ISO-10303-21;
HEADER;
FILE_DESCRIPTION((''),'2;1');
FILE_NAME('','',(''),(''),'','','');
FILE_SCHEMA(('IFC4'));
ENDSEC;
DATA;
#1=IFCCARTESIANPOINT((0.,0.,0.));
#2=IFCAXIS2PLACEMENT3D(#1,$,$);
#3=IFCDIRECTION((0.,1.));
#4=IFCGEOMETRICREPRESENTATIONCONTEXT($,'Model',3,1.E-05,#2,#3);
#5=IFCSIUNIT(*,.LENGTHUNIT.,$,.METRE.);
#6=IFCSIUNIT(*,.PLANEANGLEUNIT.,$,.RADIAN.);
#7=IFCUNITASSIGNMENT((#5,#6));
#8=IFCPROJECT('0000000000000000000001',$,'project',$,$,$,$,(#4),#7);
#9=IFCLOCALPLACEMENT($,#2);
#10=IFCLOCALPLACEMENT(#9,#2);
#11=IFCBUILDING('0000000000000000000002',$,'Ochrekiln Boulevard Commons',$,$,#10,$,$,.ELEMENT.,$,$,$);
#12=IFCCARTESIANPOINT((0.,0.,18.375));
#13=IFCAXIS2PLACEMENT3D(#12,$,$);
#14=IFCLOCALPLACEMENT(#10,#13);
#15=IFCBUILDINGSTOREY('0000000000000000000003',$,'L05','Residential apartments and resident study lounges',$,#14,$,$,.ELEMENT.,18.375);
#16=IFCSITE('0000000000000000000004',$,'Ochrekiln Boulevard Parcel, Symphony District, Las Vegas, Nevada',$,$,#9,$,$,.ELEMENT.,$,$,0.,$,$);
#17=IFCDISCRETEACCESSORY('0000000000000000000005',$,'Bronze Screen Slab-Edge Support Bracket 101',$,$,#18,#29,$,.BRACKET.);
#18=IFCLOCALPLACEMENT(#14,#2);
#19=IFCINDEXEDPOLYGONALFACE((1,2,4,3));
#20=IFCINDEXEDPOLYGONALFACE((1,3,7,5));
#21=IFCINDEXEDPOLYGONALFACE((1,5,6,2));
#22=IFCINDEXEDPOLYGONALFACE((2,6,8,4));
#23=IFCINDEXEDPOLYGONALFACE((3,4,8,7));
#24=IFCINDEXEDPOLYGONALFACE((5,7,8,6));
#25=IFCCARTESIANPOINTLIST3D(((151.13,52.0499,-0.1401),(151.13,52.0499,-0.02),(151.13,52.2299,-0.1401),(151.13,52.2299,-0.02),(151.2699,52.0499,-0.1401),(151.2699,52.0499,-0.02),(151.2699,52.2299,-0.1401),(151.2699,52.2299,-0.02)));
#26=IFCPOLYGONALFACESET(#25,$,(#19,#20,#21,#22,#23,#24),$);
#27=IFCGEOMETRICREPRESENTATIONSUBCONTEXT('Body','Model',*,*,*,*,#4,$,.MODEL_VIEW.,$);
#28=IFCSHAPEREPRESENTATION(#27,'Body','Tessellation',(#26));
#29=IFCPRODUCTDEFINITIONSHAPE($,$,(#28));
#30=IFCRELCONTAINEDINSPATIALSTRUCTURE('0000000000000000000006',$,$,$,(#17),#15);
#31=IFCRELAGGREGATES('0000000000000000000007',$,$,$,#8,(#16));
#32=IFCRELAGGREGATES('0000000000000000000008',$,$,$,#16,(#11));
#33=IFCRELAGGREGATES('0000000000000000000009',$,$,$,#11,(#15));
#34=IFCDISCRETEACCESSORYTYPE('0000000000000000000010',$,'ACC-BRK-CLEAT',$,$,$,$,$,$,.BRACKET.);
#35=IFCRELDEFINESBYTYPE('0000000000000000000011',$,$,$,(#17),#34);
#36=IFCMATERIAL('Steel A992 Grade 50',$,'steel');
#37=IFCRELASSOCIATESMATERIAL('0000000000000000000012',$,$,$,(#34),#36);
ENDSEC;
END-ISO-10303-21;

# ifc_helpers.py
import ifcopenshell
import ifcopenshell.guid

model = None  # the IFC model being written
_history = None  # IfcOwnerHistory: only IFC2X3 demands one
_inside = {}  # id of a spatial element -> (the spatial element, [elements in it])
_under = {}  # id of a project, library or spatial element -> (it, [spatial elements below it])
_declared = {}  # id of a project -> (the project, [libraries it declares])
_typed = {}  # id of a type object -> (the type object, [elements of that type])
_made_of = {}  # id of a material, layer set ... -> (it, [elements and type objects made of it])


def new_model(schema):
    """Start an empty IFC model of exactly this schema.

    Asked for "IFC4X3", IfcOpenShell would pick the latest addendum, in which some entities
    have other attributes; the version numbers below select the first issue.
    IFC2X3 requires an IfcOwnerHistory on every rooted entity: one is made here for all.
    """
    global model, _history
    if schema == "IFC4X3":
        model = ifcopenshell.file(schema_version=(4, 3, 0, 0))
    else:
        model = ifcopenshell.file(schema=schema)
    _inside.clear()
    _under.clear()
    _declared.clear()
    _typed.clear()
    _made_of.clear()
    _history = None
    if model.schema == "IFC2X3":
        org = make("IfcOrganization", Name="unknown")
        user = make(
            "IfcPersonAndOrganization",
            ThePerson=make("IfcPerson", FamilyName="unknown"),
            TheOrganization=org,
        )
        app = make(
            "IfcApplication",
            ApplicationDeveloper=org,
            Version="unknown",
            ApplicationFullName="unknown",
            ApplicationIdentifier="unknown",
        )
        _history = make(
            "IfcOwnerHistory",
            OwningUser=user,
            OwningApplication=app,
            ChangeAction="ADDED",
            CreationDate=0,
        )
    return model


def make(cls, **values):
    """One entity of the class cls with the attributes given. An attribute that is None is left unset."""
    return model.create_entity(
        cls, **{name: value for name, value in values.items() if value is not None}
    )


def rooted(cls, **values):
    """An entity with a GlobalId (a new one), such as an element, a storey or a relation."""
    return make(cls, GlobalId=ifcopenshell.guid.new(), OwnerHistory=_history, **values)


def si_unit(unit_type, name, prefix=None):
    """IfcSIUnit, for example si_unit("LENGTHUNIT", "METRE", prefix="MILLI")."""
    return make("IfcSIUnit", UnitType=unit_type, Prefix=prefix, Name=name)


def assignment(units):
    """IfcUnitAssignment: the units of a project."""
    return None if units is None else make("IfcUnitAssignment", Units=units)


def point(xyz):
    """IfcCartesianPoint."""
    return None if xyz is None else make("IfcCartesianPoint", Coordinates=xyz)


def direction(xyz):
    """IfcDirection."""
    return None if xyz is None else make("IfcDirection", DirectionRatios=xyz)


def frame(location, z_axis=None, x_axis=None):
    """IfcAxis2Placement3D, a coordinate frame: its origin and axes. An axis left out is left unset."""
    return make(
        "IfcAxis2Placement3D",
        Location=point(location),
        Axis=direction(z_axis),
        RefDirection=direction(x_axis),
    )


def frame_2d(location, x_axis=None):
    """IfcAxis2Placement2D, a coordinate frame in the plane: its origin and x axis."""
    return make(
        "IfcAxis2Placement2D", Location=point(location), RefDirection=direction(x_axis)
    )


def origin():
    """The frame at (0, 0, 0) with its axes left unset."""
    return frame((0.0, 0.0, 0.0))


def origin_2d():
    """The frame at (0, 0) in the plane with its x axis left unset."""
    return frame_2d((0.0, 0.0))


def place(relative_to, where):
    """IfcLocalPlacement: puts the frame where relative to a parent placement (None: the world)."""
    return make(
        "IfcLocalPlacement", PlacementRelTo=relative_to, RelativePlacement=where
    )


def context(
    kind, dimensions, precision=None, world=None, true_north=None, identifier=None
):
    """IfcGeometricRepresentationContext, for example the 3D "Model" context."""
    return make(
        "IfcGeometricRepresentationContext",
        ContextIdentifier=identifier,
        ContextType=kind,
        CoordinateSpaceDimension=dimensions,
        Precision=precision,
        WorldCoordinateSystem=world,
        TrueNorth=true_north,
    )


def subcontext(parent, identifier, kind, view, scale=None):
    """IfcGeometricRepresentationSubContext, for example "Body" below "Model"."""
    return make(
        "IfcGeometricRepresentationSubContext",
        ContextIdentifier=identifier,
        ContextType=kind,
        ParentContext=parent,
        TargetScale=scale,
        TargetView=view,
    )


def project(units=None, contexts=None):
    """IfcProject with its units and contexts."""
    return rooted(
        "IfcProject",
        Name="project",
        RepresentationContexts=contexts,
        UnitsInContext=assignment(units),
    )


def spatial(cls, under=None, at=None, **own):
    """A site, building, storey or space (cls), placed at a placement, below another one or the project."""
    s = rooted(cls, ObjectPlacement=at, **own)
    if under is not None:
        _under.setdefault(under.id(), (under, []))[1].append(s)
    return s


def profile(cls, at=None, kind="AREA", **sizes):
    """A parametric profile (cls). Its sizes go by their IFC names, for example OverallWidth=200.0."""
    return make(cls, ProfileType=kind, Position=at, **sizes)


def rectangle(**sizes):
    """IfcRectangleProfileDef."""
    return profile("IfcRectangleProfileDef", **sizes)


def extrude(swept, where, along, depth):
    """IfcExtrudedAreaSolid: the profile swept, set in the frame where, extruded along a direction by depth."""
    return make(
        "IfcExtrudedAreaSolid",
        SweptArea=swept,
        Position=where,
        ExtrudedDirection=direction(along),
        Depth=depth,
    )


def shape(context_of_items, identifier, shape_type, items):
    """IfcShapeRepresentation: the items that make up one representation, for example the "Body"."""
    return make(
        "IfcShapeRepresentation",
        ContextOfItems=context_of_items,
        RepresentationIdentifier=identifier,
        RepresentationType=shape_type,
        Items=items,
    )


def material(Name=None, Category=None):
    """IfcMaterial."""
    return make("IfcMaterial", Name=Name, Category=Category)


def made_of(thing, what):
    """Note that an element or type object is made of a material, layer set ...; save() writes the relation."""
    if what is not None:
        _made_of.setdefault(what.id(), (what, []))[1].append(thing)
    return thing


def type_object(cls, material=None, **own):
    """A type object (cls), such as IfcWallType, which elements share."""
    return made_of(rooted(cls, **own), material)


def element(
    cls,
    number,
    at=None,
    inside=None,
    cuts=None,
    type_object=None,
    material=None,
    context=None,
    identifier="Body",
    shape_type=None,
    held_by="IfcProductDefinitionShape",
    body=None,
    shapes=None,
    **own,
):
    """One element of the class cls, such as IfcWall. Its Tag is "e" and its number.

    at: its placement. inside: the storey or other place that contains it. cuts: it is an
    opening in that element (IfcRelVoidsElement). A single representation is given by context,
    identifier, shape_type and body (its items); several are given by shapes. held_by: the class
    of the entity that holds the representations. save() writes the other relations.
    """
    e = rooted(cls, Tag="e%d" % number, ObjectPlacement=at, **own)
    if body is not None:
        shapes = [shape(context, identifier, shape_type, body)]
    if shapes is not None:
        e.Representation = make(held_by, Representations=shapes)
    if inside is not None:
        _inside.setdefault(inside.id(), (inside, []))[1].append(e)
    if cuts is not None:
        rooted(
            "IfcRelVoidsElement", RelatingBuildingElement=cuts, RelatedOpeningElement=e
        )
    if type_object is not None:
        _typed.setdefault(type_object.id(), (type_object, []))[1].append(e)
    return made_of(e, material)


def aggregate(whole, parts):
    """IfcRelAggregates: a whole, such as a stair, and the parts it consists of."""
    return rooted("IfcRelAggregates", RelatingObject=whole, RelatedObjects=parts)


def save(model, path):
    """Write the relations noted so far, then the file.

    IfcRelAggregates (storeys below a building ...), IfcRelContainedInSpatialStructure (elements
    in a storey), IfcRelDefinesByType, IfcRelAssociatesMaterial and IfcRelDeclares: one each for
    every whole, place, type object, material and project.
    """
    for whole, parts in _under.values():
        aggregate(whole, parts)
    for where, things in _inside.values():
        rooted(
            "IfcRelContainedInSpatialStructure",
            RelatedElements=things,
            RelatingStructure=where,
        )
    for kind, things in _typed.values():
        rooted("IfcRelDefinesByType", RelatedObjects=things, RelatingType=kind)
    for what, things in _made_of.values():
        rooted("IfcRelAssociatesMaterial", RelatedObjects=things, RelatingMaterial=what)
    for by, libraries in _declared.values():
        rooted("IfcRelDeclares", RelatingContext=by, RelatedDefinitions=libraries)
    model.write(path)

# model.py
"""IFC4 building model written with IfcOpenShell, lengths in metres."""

from ifc_helpers import new_model, si_unit, direction, frame, origin, origin_2d, place, context, subcontext, project, spatial, rectangle, extrude, material, type_object, element, save


model = new_model("IFC4")

# Units and contexts
model_context = context("Model", 3, precision=1e-05, world=origin(), true_north=direction((0.0, 1.0)))
body_context = subcontext(model_context, "Body", "Model", "MODEL_VIEW")
ifc_project = project(units=[si_unit("LENGTHUNIT", "METRE"), si_unit("PLANEANGLEUNIT", "RADIAN")], contexts=[model_context])

# Site, building, storey
site_placement = place(None, origin())
site = spatial("IfcSite", under=ifc_project, at=site_placement, Name="Ochrekiln Boulevard Parcel, Symphony District, Las Vegas, Nevada", CompositionType="ELEMENT", RefElevation=0.0)
building_placement = place(site_placement, origin())
building = spatial("IfcBuilding", under=site, at=building_placement, Name="Ochrekiln Boulevard Commons", CompositionType="ELEMENT")
storey_placement = place(building_placement, frame((0.0, 0.0, 18.375)))
storey = spatial("IfcBuildingStorey", under=building, at=storey_placement, Name="L05", Description="Residential apartments and resident study lounges", CompositionType="ELEMENT", Elevation=18.375)

# Discrete accessory
ifc_material_1 = material(Name="Steel A992 Grade 50", Category="steel")
discrete_accessory_type = type_object("IfcDiscreteAccessoryType", Name="ACC-BRK-CLEAT", PredefinedType="BRACKET", material=ifc_material_1)
discrete_accessory_placement = place(storey_placement, frame((151.2, 52.1399, -0.1401), z_axis=(0.0, 0.0, 1.0), x_axis=(1.0, 0.0, 0.0)))
element("IfcDiscreteAccessory", 1, at=discrete_accessory_placement, inside=storey, type_object=discrete_accessory_type, Name="Bronze Screen Slab-Edge Support Bracket 101", PredefinedType="BRACKET", context=body_context, shape_type="SweptSolid", body=[
    extrude(rectangle(XDim=0.1399, YDim=0.1799, at=origin_2d()), origin(), (0.0, 0.0, 1.0), 0.1201),
])

save(model, "model.ifc")
